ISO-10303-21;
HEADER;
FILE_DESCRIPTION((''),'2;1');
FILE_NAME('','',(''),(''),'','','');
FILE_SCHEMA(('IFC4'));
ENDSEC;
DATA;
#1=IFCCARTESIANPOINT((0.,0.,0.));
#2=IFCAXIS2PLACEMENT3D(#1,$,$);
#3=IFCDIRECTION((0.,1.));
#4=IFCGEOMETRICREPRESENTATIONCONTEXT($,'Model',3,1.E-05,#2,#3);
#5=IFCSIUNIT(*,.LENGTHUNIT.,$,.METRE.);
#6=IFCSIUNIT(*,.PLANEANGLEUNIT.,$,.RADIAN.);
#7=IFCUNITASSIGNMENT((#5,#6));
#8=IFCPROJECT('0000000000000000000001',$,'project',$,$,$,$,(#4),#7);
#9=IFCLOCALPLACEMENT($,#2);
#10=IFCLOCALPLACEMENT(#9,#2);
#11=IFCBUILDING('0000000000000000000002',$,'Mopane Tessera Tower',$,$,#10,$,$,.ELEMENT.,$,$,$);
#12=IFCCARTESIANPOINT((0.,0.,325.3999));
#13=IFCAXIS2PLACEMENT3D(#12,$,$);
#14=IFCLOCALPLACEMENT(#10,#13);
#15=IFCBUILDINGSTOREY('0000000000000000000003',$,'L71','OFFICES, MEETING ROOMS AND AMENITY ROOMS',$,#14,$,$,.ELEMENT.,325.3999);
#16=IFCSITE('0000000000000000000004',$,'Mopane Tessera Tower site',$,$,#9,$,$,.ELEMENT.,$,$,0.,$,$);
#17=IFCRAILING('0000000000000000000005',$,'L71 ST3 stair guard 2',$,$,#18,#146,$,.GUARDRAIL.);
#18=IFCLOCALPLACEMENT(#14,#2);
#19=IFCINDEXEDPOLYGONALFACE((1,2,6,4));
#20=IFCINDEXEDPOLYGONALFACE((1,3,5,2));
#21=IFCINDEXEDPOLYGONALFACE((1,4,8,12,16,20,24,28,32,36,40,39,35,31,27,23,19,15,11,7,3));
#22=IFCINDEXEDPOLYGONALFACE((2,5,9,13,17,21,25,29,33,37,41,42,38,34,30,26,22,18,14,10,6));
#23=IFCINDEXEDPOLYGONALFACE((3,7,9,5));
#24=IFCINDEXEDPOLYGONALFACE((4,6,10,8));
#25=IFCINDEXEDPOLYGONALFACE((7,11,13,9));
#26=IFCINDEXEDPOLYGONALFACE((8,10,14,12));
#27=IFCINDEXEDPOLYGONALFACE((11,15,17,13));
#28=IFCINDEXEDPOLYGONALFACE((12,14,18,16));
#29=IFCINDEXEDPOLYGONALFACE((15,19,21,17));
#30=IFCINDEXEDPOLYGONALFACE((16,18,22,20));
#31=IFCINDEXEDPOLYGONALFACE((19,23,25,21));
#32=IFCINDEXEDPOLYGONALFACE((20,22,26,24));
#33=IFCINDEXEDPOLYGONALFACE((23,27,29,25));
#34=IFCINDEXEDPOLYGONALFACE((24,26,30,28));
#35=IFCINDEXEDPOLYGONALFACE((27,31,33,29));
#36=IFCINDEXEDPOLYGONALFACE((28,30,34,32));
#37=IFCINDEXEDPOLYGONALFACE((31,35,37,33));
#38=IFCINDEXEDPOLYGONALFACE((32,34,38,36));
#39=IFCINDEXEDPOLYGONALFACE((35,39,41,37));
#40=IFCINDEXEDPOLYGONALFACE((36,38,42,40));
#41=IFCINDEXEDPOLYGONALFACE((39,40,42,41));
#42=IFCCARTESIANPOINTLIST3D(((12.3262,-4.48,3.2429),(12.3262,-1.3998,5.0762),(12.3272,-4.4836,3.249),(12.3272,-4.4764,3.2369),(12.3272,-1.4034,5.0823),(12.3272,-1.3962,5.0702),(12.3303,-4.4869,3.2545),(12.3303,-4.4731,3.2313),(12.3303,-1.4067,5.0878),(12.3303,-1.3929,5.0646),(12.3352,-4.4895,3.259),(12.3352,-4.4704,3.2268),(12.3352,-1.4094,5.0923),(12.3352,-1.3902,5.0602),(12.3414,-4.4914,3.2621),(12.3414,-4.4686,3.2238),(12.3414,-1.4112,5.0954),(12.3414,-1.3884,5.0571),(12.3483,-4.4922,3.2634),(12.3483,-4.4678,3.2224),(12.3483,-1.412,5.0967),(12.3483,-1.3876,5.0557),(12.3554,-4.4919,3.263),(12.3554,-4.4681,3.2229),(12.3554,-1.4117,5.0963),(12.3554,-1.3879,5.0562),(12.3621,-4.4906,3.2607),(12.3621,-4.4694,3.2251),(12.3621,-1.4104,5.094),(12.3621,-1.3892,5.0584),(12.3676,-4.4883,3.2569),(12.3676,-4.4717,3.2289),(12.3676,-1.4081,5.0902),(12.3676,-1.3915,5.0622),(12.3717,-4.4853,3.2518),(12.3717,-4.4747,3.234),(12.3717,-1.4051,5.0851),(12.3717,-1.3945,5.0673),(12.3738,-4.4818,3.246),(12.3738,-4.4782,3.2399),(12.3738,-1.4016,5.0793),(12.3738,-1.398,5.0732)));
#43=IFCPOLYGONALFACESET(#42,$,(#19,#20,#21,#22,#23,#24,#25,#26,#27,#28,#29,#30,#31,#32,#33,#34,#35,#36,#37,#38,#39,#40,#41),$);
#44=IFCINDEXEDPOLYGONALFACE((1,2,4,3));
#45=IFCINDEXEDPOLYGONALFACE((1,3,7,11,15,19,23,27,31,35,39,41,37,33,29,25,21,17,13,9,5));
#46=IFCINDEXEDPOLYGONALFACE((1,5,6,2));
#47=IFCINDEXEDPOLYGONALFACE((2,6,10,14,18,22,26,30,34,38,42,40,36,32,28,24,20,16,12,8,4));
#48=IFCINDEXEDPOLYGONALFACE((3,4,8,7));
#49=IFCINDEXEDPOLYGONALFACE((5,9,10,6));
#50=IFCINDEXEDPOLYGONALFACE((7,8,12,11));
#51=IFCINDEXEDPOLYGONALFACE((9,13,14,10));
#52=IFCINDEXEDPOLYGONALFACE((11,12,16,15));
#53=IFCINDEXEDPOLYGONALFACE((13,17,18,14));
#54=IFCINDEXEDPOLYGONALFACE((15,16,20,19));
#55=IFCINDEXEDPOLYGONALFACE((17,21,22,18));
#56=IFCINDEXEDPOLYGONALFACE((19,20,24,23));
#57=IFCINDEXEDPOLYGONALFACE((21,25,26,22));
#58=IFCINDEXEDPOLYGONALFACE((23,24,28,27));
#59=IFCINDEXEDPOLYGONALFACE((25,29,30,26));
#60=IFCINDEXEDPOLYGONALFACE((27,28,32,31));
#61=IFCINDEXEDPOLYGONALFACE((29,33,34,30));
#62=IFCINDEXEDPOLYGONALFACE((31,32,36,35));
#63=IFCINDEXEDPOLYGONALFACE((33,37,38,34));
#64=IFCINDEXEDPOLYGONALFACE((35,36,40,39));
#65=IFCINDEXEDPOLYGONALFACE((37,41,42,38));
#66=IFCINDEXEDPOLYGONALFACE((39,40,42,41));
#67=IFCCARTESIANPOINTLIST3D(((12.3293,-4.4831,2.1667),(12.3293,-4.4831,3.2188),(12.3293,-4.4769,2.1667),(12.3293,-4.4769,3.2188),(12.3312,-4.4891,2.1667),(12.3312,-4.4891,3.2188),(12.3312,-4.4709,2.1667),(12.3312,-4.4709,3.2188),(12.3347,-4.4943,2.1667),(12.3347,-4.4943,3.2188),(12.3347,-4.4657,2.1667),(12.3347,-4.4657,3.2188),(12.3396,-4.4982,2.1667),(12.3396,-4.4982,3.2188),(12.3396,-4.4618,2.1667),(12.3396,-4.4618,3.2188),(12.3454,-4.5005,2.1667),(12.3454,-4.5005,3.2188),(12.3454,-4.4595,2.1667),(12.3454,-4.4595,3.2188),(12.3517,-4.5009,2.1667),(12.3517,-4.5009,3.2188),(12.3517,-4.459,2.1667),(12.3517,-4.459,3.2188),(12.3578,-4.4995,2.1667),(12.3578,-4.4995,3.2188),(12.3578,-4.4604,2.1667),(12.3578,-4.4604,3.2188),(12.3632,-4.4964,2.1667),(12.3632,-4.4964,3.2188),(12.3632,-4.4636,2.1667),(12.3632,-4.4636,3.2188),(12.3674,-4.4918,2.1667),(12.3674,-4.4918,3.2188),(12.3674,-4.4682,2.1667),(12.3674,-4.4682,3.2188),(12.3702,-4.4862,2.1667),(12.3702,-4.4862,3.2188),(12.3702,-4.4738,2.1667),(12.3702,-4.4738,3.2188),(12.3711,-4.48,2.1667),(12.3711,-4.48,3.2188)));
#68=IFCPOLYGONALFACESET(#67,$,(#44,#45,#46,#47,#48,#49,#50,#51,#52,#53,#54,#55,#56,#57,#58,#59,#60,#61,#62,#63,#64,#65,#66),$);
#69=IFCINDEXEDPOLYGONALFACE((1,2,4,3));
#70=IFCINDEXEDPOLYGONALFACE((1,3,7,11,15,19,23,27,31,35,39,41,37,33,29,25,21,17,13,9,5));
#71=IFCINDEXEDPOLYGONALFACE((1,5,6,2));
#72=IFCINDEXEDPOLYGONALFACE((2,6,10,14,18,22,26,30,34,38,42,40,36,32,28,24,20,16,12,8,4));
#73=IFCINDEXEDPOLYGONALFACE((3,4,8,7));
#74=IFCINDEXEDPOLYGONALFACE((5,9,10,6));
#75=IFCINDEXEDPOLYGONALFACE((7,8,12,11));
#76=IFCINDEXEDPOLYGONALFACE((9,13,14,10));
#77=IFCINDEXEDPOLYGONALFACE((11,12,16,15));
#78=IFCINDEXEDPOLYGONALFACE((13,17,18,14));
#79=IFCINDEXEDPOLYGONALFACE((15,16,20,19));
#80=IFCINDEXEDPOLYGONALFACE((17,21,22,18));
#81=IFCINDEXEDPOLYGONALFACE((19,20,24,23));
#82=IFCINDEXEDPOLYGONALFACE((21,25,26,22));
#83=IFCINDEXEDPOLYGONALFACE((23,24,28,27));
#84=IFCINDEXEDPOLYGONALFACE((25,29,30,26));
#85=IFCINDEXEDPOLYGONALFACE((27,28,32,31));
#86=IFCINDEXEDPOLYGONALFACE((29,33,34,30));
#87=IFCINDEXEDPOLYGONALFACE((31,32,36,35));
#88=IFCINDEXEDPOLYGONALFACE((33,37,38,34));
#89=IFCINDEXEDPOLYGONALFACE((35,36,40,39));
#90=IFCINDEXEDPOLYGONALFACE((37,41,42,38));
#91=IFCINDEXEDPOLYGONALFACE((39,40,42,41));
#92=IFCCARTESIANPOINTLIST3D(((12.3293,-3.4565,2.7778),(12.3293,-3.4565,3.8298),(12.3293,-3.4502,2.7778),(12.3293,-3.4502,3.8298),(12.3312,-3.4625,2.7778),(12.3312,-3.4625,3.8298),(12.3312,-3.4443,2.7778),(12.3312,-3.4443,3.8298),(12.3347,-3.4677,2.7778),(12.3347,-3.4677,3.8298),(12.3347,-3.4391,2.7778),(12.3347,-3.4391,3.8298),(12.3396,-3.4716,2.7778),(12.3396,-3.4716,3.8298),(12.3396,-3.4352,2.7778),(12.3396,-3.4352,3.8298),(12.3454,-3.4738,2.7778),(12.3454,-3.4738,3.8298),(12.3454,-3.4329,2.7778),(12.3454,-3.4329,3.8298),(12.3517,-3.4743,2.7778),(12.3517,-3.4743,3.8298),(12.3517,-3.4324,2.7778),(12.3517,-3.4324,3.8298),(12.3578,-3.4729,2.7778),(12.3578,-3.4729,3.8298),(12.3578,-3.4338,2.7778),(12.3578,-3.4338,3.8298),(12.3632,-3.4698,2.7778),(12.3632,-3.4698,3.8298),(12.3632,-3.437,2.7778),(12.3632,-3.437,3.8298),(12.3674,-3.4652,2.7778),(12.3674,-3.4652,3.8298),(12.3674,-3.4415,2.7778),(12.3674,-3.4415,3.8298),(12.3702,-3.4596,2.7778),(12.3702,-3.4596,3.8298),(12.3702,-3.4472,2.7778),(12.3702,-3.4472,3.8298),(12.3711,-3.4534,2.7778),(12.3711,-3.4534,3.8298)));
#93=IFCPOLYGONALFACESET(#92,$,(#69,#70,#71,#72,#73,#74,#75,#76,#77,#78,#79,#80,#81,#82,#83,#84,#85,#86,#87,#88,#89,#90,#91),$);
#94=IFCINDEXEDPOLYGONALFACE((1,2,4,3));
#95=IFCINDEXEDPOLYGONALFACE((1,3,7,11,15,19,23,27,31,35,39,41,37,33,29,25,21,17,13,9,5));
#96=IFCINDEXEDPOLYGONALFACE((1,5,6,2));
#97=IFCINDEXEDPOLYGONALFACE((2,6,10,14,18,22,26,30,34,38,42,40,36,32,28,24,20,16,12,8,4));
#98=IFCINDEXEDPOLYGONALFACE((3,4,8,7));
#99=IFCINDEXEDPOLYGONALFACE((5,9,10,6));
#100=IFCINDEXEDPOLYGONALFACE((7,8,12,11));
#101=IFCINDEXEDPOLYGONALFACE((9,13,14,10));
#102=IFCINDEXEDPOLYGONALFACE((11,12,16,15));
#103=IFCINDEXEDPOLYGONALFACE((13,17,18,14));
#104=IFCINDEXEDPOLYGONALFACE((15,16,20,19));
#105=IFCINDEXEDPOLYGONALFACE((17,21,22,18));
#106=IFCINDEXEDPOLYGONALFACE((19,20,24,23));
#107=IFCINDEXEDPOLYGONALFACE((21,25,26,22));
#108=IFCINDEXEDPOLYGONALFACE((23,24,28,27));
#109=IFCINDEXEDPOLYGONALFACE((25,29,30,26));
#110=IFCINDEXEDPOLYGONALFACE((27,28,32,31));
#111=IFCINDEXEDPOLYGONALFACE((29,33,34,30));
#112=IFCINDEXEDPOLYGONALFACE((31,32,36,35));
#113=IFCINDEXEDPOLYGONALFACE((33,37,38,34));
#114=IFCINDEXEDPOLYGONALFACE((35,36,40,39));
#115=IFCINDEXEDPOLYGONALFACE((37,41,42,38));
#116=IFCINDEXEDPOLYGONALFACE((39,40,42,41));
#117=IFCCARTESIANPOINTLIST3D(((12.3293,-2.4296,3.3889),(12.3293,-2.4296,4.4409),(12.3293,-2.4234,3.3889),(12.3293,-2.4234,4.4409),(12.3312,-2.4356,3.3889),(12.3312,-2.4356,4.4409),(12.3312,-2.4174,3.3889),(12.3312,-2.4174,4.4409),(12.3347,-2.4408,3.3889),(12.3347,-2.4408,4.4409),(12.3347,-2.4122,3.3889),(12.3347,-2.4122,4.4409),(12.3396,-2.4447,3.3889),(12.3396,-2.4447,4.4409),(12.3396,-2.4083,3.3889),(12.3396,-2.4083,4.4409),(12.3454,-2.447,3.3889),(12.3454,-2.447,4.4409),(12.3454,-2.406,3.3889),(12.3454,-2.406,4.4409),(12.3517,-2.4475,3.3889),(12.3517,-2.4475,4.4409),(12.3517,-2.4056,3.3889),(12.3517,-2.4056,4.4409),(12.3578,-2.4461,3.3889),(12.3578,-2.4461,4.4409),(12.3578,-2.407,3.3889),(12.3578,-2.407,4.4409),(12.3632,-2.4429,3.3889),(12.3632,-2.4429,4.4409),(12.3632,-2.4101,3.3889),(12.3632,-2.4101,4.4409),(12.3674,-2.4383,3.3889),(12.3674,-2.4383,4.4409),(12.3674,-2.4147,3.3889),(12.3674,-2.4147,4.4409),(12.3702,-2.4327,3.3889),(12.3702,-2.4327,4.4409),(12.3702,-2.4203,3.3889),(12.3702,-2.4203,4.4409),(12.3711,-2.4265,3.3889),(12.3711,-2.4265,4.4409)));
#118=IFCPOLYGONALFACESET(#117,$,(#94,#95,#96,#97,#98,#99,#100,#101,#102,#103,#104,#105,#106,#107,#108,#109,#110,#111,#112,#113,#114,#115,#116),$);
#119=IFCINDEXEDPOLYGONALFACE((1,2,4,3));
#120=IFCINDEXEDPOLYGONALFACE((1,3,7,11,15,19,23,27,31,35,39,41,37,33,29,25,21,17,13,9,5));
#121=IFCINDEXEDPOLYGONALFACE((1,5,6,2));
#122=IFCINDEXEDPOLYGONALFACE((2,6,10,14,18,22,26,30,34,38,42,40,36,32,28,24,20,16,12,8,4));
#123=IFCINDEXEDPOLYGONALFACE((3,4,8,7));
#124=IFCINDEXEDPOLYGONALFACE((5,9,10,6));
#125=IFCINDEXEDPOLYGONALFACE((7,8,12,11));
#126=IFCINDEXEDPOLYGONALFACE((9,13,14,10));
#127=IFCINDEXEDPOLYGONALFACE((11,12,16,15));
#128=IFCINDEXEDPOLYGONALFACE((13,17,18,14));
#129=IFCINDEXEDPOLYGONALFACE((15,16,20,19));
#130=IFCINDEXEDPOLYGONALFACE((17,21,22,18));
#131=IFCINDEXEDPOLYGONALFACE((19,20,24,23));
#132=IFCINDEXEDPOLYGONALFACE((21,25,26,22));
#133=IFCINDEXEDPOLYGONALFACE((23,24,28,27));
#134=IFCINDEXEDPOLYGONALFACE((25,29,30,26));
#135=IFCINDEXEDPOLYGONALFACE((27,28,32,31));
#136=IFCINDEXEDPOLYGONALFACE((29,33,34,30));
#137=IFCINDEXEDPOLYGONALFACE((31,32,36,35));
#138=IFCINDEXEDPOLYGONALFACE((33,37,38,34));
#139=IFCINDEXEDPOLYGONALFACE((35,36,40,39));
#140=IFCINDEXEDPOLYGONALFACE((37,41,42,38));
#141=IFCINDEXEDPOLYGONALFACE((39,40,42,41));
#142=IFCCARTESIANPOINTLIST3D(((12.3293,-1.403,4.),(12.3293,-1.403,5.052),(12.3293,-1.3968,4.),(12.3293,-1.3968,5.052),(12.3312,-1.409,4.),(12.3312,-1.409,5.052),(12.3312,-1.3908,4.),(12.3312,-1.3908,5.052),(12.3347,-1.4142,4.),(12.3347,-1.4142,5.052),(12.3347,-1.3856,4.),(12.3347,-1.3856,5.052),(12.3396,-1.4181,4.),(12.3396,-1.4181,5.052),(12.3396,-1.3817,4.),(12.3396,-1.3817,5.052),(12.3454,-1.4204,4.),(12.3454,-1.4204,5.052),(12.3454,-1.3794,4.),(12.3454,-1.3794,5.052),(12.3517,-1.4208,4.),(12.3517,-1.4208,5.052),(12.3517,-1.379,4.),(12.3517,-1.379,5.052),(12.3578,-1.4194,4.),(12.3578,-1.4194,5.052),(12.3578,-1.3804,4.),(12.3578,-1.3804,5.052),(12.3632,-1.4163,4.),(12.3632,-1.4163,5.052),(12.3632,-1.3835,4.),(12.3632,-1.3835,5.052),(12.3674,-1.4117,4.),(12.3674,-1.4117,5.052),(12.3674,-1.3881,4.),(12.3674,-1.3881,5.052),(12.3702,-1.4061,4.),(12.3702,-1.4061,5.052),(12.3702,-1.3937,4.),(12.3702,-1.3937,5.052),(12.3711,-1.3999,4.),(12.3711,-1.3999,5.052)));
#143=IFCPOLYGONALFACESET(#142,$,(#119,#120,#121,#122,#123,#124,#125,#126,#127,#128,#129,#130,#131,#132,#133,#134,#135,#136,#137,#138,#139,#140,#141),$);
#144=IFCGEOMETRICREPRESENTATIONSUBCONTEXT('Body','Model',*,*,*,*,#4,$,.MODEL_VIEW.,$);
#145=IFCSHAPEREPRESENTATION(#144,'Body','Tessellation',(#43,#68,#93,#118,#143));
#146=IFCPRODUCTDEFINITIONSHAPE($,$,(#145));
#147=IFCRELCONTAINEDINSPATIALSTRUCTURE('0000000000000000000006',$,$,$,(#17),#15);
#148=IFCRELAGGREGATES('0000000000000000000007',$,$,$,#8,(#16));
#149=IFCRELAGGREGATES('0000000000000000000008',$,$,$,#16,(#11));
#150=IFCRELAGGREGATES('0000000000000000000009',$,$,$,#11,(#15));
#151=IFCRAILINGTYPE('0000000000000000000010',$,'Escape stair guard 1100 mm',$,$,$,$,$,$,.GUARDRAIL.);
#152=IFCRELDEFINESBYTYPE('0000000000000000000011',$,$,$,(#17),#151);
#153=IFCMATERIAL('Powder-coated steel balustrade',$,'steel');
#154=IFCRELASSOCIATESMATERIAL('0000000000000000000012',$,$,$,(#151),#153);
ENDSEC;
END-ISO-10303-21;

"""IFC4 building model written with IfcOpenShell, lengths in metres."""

from ifc_helpers import new_model, si_unit, direction, frame, origin, origin_2d, place, context, subcontext, project, spatial, circle, extrude, material, type_object, element, save


model = new_model("IFC4")

# Units and contexts
model_context = context("Model", 3, precision=1e-05, world=origin(), true_north=direction((0.0, 1.0)))
body_context = subcontext(model_context, "Body", "Model", "MODEL_VIEW")
ifc_project = project(units=[si_unit("LENGTHUNIT", "METRE"), si_unit("PLANEANGLEUNIT", "RADIAN")], contexts=[model_context])

# Site, building, storey
site_placement = place(None, origin())
site = spatial("IfcSite", under=ifc_project, at=site_placement, Name="Mopane Tessera Tower site", CompositionType="ELEMENT", RefElevation=0.0)
building_placement = place(site_placement, origin())
building = spatial("IfcBuilding", under=site, at=building_placement, Name="Mopane Tessera Tower", CompositionType="ELEMENT")
storey_placement = place(building_placement, frame((0.0, 0.0, 325.3999)))
storey = spatial("IfcBuildingStorey", under=building, at=storey_placement, Name="L71", Description="OFFICES, MEETING ROOMS AND AMENITY ROOMS", CompositionType="ELEMENT", Elevation=325.3999)

# Railing
ifc_material_1 = material(Name="Powder-coated steel balustrade", Category="steel")
railing_type_1 = type_object("IfcRailingType", Name="Escape stair guard 1100 mm", PredefinedType="GUARDRAIL", material=ifc_material_1)
railing_1_placement = place(storey_placement, frame((12.3501, -4.48, 2.1667)))
element("IfcRailing", 1, at=railing_1_placement, inside=storey, type_object=railing_type_1, Name="L71 ST3 stair guard 2", PredefinedType="GUARDRAIL", context=body_context, shape_type="SweptSolid", body=[
    extrude(circle(Radius=0.0239, at=origin_2d()), frame((0.0, 0.0, 1.0762), z_axis=(0.0, 0.859309, 0.511458), x_axis=(-1.0, 0.0, 0.0)), (0.0, 0.0, 1.0), 3.5845),
    extrude(circle(Radius=0.021, at=origin_2d()), origin(), (0.0, 0.0, 1.0), 1.052),
    extrude(circle(Radius=0.021, at=origin_2d()), frame((0.0, 1.0266, 0.6111)), (0.0, 0.0, 1.0), 1.052),
    extrude(circle(Radius=0.021, at=origin_2d()), frame((0.0, 2.0535, 1.2222)), (0.0, 0.0, 1.0), 1.052),
    extrude(circle(Radius=0.021, at=origin_2d()), frame((0.0, 3.0801, 1.8333)), (0.0, 0.0, 1.0), 1.052),
])

save(model, "model.ifc")
